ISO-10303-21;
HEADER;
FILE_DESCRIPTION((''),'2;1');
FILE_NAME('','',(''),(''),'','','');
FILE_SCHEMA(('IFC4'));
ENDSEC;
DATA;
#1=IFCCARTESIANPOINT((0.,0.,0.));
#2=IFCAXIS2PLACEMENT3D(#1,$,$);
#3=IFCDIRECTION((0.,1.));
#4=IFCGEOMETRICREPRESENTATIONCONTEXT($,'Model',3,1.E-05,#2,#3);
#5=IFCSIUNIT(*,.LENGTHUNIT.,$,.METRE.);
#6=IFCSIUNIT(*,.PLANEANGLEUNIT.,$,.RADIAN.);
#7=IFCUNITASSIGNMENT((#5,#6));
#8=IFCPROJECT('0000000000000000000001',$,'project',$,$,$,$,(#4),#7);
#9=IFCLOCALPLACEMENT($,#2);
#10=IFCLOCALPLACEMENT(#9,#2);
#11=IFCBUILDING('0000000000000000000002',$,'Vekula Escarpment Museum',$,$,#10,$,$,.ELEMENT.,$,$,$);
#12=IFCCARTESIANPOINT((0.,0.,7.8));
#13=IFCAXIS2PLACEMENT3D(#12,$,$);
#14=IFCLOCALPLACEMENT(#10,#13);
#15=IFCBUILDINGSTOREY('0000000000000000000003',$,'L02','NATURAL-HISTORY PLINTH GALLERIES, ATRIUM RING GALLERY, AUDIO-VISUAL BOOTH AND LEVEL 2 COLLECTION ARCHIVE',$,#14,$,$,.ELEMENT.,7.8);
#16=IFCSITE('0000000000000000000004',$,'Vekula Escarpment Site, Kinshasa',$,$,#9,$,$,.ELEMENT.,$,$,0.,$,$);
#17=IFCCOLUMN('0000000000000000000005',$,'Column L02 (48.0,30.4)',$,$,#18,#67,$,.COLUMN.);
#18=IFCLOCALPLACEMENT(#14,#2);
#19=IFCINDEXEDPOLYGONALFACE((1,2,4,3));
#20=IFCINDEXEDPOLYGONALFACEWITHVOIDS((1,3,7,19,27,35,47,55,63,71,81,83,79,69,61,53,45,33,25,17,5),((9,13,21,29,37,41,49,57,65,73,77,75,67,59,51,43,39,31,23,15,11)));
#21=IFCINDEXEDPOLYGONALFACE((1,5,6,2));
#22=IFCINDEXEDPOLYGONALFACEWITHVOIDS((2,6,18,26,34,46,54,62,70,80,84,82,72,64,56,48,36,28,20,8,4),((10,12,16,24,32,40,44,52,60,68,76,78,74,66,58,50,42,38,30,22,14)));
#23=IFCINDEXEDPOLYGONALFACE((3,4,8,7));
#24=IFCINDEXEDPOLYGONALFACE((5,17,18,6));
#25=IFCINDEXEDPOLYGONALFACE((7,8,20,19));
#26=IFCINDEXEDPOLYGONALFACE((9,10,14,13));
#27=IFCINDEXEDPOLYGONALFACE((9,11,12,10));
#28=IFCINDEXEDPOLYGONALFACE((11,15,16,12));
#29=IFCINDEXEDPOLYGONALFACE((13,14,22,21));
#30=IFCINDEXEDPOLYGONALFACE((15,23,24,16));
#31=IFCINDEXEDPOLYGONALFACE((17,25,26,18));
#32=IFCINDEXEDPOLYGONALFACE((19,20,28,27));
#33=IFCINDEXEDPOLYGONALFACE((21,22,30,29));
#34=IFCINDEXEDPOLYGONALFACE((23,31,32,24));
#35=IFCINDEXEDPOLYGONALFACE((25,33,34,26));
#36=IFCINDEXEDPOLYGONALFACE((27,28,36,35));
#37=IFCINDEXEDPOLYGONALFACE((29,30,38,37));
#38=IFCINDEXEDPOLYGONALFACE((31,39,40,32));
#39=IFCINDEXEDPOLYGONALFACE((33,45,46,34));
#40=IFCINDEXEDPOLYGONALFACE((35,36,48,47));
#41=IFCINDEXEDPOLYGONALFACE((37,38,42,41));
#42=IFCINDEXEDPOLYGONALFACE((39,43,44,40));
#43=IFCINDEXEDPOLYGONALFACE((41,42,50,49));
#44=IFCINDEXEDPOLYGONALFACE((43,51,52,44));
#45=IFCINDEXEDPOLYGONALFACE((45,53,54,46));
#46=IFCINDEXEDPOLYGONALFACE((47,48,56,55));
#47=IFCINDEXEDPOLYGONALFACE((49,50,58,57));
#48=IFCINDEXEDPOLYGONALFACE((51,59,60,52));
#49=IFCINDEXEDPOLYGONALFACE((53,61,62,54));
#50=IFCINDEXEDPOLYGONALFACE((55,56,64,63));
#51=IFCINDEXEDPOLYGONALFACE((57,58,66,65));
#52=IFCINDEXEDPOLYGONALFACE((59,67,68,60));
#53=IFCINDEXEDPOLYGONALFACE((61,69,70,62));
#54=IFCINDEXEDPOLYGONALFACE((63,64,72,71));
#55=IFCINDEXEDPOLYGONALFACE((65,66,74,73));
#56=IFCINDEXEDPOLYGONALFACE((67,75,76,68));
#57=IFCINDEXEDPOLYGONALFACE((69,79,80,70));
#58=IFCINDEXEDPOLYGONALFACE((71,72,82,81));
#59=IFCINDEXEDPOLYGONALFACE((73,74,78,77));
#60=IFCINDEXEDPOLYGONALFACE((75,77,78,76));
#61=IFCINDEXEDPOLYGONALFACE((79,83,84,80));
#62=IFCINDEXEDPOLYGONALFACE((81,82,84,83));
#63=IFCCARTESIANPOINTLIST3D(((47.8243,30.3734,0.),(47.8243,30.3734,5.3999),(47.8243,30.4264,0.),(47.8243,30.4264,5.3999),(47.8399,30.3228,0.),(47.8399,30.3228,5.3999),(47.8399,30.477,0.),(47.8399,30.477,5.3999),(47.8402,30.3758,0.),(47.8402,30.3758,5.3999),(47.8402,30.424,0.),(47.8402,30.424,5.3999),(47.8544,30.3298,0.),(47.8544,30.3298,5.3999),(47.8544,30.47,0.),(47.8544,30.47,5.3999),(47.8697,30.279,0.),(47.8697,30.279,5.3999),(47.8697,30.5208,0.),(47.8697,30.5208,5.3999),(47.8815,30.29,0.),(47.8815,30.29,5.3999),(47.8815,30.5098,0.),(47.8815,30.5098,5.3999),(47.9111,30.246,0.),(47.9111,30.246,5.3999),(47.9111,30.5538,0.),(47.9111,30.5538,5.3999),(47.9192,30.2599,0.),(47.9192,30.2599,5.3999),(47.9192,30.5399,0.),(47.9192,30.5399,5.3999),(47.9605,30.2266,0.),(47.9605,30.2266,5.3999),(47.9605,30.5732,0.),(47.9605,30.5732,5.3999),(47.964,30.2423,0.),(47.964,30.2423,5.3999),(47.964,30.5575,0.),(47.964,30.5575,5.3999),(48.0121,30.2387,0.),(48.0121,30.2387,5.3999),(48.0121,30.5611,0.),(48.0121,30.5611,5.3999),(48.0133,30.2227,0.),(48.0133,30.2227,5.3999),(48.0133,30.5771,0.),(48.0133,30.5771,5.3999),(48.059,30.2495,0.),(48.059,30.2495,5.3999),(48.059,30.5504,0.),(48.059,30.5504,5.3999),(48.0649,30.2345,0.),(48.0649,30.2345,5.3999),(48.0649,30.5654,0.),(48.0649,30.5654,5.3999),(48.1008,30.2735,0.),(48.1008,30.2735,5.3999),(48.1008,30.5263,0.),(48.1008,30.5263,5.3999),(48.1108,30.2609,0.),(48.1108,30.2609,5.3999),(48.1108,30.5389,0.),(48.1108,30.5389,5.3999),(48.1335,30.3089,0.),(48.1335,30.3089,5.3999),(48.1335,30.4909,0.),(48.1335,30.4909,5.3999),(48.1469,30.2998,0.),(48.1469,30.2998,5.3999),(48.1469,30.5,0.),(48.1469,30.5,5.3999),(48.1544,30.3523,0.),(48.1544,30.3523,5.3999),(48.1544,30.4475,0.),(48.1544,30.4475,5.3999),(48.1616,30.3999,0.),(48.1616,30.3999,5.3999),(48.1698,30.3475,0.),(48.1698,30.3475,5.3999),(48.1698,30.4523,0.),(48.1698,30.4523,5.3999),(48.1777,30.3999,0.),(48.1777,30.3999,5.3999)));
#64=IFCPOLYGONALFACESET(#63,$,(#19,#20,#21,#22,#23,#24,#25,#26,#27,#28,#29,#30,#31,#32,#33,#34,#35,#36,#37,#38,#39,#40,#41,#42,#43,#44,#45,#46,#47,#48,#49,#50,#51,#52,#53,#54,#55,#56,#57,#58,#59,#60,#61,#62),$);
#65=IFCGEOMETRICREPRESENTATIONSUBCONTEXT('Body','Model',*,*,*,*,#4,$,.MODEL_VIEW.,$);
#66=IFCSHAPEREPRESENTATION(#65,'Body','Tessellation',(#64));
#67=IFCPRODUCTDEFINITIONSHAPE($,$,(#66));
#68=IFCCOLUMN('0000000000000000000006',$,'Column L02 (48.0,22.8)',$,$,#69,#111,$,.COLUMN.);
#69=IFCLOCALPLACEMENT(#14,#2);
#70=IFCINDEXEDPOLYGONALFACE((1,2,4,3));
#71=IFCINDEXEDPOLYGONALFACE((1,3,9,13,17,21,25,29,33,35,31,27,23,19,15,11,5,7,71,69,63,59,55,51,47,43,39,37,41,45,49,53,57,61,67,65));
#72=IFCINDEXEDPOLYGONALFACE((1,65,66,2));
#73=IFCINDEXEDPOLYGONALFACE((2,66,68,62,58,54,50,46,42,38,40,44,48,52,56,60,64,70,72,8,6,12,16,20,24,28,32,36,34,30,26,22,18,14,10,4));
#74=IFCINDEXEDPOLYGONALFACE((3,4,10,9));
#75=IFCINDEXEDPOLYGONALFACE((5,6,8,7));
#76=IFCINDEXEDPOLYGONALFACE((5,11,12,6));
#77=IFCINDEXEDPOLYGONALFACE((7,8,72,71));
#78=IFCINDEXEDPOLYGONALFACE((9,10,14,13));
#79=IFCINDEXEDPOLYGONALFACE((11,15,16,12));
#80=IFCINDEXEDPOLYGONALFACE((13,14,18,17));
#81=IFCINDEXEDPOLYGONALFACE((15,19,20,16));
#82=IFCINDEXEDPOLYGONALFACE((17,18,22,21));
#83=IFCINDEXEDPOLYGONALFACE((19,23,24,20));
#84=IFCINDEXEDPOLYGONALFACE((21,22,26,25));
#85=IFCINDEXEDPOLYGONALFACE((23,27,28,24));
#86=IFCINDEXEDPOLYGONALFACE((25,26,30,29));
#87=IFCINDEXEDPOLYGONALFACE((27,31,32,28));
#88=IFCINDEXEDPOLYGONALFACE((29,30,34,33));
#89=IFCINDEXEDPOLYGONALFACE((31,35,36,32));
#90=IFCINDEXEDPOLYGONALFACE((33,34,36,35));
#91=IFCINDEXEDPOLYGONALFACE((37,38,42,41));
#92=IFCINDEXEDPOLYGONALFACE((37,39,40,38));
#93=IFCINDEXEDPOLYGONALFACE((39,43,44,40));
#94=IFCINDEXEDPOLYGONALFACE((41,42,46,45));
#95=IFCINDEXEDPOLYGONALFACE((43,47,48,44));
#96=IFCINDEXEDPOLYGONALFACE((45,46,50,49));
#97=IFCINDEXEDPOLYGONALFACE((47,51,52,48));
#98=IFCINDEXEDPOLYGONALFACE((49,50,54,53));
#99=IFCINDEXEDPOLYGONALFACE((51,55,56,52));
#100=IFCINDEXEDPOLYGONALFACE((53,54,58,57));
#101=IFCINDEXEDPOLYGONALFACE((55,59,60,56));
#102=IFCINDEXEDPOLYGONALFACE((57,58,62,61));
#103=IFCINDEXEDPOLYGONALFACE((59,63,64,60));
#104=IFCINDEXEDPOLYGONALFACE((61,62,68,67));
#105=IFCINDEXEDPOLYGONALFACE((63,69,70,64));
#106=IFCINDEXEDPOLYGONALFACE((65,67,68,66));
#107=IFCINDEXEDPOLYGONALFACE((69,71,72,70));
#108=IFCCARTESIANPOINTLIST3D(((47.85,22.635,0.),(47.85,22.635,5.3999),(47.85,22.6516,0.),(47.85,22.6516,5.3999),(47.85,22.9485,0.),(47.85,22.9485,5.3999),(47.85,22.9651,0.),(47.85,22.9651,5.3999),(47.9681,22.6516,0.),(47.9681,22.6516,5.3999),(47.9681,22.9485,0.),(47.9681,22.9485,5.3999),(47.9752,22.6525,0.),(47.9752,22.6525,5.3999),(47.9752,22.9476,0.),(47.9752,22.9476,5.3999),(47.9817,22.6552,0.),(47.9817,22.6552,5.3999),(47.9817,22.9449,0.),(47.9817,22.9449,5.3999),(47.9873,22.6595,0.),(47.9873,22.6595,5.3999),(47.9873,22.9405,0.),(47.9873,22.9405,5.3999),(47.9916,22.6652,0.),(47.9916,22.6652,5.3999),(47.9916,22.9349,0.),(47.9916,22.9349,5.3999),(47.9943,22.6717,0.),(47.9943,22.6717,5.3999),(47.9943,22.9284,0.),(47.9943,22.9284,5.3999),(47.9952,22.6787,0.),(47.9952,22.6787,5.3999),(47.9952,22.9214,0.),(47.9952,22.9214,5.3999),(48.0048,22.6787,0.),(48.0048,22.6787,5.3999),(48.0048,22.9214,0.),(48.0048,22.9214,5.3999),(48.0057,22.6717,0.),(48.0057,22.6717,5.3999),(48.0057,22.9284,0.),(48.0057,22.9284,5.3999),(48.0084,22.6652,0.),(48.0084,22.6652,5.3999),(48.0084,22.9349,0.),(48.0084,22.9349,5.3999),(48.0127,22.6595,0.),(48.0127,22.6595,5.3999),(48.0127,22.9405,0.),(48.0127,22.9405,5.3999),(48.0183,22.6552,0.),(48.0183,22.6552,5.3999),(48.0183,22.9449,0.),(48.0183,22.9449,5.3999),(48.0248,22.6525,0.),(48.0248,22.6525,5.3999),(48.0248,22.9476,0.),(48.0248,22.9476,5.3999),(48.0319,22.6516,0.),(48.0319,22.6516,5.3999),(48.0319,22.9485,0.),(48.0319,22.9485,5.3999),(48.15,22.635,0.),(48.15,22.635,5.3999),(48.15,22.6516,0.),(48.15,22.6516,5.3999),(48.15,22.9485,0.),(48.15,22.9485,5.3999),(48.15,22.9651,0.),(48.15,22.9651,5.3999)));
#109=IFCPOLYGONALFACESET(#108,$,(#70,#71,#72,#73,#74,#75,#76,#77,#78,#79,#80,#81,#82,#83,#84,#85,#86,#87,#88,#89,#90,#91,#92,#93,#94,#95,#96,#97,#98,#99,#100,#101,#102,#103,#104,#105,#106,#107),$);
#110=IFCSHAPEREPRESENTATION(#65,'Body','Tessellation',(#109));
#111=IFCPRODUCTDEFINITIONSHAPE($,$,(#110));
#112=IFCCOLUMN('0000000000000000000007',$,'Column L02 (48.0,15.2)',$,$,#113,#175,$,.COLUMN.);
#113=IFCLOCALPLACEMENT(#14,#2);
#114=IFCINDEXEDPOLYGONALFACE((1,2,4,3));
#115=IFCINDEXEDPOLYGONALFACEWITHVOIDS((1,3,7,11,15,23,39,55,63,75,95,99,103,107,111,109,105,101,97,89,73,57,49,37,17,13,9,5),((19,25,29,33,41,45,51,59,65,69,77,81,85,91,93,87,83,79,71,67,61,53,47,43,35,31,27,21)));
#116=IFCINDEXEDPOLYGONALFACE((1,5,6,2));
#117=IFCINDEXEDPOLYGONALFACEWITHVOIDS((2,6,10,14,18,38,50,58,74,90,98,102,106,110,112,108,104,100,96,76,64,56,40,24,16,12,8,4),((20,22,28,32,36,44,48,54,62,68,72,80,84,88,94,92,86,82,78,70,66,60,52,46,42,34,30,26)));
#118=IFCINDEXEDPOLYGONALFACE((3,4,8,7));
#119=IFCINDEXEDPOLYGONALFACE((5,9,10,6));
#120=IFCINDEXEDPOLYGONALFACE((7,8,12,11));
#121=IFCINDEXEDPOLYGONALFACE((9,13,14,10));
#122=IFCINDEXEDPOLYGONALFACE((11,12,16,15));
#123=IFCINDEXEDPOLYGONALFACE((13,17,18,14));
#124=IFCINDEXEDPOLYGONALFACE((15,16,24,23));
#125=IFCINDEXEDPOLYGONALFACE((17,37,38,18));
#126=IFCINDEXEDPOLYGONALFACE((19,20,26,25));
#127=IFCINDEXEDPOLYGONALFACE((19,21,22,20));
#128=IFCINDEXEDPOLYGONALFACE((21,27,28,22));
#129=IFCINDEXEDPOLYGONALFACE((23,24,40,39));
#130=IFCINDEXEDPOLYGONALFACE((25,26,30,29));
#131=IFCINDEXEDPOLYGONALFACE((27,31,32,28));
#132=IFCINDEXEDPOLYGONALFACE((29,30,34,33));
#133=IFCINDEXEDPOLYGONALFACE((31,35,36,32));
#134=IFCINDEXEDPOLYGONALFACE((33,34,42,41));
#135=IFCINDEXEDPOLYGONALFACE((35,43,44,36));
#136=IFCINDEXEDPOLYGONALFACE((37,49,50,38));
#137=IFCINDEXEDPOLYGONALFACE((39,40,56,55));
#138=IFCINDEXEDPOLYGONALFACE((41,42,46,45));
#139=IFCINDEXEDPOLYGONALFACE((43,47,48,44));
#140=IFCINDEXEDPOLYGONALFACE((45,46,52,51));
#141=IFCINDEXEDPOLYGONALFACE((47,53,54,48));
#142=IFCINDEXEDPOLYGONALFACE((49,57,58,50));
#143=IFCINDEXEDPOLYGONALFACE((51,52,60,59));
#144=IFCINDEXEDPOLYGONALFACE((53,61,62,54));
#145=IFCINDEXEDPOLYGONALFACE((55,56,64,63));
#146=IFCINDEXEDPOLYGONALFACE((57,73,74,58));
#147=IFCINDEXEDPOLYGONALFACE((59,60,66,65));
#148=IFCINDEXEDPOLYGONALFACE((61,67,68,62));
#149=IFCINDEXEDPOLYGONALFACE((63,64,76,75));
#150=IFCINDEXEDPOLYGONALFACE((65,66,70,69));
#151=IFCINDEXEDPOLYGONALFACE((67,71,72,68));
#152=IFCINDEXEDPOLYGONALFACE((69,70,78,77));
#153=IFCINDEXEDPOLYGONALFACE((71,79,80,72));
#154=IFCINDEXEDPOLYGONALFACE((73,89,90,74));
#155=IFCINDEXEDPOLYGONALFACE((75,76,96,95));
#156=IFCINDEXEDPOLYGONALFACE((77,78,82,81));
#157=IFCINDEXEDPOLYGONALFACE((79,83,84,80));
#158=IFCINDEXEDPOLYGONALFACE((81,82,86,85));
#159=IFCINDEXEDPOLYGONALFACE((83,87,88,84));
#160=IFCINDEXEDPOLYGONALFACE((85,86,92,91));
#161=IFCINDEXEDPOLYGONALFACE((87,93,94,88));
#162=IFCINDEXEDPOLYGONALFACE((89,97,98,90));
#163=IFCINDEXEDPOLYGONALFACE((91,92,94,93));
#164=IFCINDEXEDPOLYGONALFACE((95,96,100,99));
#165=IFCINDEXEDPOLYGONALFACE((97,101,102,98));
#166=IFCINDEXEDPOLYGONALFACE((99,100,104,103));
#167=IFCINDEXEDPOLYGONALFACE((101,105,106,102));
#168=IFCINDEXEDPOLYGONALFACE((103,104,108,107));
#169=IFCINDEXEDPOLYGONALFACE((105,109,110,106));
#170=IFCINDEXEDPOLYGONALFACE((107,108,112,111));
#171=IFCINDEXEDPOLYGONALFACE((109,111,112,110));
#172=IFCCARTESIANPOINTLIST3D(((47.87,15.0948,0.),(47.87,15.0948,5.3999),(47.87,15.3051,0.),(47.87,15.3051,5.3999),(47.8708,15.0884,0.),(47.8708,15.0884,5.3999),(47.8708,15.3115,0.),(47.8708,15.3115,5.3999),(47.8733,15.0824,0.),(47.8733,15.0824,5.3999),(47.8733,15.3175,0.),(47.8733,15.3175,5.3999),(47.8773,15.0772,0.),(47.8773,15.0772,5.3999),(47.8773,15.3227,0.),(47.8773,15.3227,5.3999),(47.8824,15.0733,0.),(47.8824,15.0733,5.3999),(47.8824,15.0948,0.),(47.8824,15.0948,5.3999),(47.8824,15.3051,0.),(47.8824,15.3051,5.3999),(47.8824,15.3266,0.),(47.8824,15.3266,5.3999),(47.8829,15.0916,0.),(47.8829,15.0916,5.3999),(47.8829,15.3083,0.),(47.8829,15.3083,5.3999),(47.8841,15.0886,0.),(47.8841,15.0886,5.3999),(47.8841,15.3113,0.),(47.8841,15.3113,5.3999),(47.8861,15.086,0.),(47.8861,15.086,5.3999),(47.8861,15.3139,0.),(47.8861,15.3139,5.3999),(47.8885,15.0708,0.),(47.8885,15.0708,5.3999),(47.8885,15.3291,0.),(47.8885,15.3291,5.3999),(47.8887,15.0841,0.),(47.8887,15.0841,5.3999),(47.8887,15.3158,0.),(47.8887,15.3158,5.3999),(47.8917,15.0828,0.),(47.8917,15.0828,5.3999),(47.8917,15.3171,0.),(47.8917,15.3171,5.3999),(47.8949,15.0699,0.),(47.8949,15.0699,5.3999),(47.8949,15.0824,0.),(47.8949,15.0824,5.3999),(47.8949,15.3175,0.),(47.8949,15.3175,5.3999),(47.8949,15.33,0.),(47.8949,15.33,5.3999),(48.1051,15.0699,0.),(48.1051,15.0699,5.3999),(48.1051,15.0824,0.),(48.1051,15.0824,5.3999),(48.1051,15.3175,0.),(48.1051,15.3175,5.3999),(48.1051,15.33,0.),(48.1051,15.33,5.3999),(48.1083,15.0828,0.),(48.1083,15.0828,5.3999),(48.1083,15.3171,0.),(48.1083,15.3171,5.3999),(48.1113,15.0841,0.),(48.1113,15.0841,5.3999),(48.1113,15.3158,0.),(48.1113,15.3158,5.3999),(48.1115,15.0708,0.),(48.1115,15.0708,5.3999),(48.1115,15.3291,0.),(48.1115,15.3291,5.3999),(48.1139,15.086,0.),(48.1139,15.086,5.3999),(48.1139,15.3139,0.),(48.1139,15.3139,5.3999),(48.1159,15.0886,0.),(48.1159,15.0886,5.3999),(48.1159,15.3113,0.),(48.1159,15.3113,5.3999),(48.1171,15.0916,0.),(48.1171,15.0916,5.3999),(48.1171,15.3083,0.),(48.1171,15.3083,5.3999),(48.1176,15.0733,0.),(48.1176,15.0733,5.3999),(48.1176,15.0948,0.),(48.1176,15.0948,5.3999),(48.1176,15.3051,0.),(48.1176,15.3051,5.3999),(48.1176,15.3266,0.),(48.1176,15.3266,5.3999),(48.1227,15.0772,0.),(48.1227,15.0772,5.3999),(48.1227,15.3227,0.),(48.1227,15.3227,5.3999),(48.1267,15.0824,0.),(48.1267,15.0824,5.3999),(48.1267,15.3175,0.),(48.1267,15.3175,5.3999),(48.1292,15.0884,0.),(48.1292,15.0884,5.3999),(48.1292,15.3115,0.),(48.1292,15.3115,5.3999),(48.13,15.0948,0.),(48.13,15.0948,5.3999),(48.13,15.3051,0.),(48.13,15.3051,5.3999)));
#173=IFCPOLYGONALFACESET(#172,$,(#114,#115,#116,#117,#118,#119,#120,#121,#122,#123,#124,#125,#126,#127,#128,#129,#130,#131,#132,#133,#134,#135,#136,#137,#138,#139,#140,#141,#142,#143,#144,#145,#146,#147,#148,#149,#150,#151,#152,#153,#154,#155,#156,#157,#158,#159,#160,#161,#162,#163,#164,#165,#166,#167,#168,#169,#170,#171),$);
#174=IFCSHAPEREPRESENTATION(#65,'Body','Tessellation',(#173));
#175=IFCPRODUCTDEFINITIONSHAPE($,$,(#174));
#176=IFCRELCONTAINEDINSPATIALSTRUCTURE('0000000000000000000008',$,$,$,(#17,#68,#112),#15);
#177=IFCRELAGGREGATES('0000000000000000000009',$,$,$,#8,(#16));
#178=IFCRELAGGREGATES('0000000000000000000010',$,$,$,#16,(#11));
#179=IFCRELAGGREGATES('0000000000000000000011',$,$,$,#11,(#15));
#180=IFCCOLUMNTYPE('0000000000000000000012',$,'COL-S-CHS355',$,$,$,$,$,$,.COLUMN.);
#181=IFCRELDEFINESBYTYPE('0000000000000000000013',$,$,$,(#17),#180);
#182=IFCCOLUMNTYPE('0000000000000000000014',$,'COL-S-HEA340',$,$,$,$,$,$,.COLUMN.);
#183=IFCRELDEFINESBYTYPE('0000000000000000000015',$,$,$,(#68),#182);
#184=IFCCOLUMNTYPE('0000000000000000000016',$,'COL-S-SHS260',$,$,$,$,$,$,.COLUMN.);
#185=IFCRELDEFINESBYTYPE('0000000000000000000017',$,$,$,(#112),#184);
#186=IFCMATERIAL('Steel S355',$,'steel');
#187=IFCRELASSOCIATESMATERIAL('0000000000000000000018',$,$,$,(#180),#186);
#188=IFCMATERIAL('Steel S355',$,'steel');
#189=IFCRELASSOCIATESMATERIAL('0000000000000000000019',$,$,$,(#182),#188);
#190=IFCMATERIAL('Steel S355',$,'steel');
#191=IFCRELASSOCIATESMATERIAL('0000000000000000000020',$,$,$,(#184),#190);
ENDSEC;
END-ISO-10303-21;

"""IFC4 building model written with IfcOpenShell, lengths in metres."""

from ifc_helpers import new_model, si_unit, direction, frame, origin, origin_2d, place, context, subcontext, project, spatial, hollow_rectangle, hollow_circle, i_section, extrude, material, material_profile, profile_set, type_object, element, save


model = new_model("IFC4")

# Units and contexts
model_context = context("Model", 3, precision=1e-05, world=origin(), true_north=direction((0.0, 1.0)))
body_context = subcontext(model_context, "Body", "Model", "MODEL_VIEW")
ifc_project = project(units=[si_unit("LENGTHUNIT", "METRE"), si_unit("PLANEANGLEUNIT", "RADIAN")], contexts=[model_context])

# Site, building, storey
site_placement = place(None, origin())
site = spatial("IfcSite", under=ifc_project, at=site_placement, Name="Vekula Escarpment Site, Kinshasa", CompositionType="ELEMENT", RefElevation=0.0)
building_placement = place(site_placement, origin())
building = spatial("IfcBuilding", under=site, at=building_placement, Name="Vekula Escarpment Museum", CompositionType="ELEMENT")
storey_placement = place(building_placement, frame((0.0, 0.0, 7.8)))
storey = spatial("IfcBuildingStorey", under=building, at=storey_placement, Name="L02", Description="NATURAL-HISTORY PLINTH GALLERIES, ATRIUM RING GALLERY, AUDIO-VISUAL BOOTH AND LEVEL 2 COLLECTION ARCHIVE", CompositionType="ELEMENT", Elevation=7.8)

# Columns
ifc_material_1 = material(Name="Steel S355", Category="steel")
ifc_material_profile_1 = material_profile(ifc_material_1, hollow_circle(Radius=0.1777, WallThickness=0.0161, at=origin_2d()), Name="CHS 355.6x16")
ifc_profile_set_1 = profile_set([ifc_material_profile_1], Name="Steel S355")
column_type_1 = type_object("IfcColumnType", Name="COL-S-CHS355", PredefinedType="COLUMN", material=ifc_profile_set_1)
column_1_placement = place(storey_placement, frame((48.0, 30.3999, 0.0), z_axis=(0.0, 0.0, 1.0), x_axis=(1.0, 0.0, 0.0)))
element("IfcColumn", 1, at=column_1_placement, inside=storey, type_object=column_type_1, Name="Column L02 (48.0,30.4)", PredefinedType="COLUMN", context=body_context, shape_type="SweptSolid", body=[
    extrude(hollow_circle(Radius=0.1777, WallThickness=0.0161, at=origin_2d()), origin(), (0.0, 0.0, 1.0), 5.3999),
])
ifc_material_2 = material(Name="Steel S355", Category="steel")
ifc_material_profile_2 = material_profile(ifc_material_2, i_section(OverallWidth=0.3, OverallDepth=0.3301, WebThickness=0.0095, FlangeThickness=0.0166, FilletRadius=0.0271, at=origin_2d()), Name="HEA 340")
ifc_profile_set_2 = profile_set([ifc_material_profile_2], Name="Steel S355")
column_type_2 = type_object("IfcColumnType", Name="COL-S-HEA340", PredefinedType="COLUMN", material=ifc_profile_set_2)
column_2_placement = place(storey_placement, frame((48.0, 22.8, 0.0), z_axis=(0.0, 0.0, 1.0), x_axis=(1.0, 0.0, 0.0)))
element("IfcColumn", 2, at=column_2_placement, inside=storey, type_object=column_type_2, Name="Column L02 (48.0,22.8)", PredefinedType="COLUMN", context=body_context, shape_type="SweptSolid", body=[
    extrude(i_section(OverallWidth=0.3, OverallDepth=0.3301, WebThickness=0.0095, FlangeThickness=0.0166, FilletRadius=0.0271, at=origin_2d()), origin(), (0.0, 0.0, 1.0), 5.3999),
])
ifc_material_3 = material(Name="Steel S355", Category="steel")
ifc_material_profile_3 = material_profile(ifc_material_3, hollow_rectangle(XDim=0.26, YDim=0.26, WallThickness=0.0125, InnerFilletRadius=0.0125, OuterFilletRadius=0.0249, at=origin_2d()), Name="SHS 260x260x12.5")
ifc_profile_set_3 = profile_set([ifc_material_profile_3], Name="Steel S355")
column_type_3 = type_object("IfcColumnType", Name="COL-S-SHS260", PredefinedType="COLUMN", material=ifc_profile_set_3)
column_3_placement = place(storey_placement, frame((48.0, 15.2, 0.0), z_axis=(0.0, 0.0, 1.0), x_axis=(1.0, 0.0, 0.0)))
element("IfcColumn", 3, at=column_3_placement, inside=storey, type_object=column_type_3, Name="Column L02 (48.0,15.2)", PredefinedType="COLUMN", context=body_context, shape_type="SweptSolid", body=[
    extrude(hollow_rectangle(XDim=0.26, YDim=0.26, WallThickness=0.0125, InnerFilletRadius=0.0125, OuterFilletRadius=0.0249, at=origin_2d()), origin(), (0.0, 0.0, 1.0), 5.3999),
])

save(model, "model.ifc")
